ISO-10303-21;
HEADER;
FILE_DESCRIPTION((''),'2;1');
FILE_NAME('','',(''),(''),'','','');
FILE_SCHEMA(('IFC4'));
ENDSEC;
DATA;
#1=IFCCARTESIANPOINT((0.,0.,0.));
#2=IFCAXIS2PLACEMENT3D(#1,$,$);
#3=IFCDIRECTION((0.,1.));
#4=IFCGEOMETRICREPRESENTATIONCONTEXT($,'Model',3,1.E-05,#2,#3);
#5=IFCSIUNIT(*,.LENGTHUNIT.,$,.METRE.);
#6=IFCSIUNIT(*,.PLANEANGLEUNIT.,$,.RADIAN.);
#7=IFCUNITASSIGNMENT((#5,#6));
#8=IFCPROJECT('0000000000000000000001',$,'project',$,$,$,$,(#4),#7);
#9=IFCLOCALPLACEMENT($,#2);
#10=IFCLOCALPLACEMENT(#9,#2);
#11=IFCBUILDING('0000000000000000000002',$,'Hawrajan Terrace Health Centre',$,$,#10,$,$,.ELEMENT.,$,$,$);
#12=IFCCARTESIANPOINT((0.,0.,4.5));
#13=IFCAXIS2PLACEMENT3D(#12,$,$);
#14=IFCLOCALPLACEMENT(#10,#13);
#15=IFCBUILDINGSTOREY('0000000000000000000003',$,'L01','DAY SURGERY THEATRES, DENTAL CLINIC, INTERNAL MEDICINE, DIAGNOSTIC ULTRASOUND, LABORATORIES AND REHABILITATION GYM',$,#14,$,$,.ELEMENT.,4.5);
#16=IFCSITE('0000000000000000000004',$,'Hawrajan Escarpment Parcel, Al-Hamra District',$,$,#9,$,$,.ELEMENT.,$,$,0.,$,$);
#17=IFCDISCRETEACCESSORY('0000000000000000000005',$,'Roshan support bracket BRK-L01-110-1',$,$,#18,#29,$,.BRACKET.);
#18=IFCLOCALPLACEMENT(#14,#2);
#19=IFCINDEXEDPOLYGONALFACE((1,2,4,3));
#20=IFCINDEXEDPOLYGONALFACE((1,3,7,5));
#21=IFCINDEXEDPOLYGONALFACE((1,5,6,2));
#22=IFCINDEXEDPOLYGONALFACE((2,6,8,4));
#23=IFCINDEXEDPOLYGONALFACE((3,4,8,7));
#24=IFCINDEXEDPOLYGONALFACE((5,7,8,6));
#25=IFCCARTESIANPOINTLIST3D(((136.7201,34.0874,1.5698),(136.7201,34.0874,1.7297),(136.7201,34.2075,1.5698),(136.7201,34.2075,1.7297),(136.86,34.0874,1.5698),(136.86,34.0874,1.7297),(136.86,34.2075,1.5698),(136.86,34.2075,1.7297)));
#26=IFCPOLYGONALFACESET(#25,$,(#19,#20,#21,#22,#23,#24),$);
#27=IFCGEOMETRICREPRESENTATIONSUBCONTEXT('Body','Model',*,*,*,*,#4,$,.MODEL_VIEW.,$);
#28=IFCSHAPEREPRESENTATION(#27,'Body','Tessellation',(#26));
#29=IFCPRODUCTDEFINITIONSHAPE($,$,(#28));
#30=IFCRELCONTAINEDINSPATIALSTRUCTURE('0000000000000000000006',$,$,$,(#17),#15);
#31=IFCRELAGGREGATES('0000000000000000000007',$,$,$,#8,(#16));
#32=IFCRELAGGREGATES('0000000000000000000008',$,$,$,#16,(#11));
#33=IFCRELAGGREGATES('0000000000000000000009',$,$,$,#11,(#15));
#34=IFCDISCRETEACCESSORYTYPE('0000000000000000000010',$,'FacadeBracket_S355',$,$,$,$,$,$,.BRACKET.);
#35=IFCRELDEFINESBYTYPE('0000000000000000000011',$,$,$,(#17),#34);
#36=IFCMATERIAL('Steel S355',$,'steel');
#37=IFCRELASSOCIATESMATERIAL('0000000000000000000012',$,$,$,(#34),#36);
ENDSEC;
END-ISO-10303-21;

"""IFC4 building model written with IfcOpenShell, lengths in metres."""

from ifc_helpers import new_model, si_unit, direction, frame, origin, origin_2d, place, context, subcontext, project, spatial, rectangle, extrude, material, type_object, element, save


model = new_model("IFC4")

# Units and contexts
model_context = context("Model", 3, precision=1e-05, world=origin(), true_north=direction((0.0, 1.0)))
body_context = subcontext(model_context, "Body", "Model", "MODEL_VIEW")
ifc_project = project(units=[si_unit("LENGTHUNIT", "METRE"), si_unit("PLANEANGLEUNIT", "RADIAN")], contexts=[model_context])

# Site, building, storey
site_placement = place(None, origin())
site = spatial("IfcSite", under=ifc_project, at=site_placement, Name="Hawrajan Escarpment Parcel, Al-Hamra District", CompositionType="ELEMENT", RefElevation=0.0)
building_placement = place(site_placement, origin())
building = spatial("IfcBuilding", under=site, at=building_placement, Name="Hawrajan Terrace Health Centre", CompositionType="ELEMENT")
storey_placement = place(building_placement, frame((0.0, 0.0, 4.5)))
storey = spatial("IfcBuildingStorey", under=building, at=storey_placement, Name="L01", Description="DAY SURGERY THEATRES, DENTAL CLINIC, INTERNAL MEDICINE, DIAGNOSTIC ULTRASOUND, LABORATORIES AND REHABILITATION GYM", CompositionType="ELEMENT", Elevation=4.5)

# Discrete accessory
ifc_material_1 = material(Name="Steel S355", Category="steel")
discrete_accessory_type = type_object("IfcDiscreteAccessoryType", Name="FacadeBracket_S355", PredefinedType="BRACKET", material=ifc_material_1)
discrete_accessory_placement = place(storey_placement, frame((136.79, 34.1475, 1.5698), z_axis=(0.0, 0.0, 1.0), x_axis=(0.0, 1.0, 0.0)))
element("IfcDiscreteAccessory", 1, at=discrete_accessory_placement, inside=storey, type_object=discrete_accessory_type, Name="Roshan support bracket BRK-L01-110-1", PredefinedType="BRACKET", context=body_context, shape_type="SweptSolid", body=[
    extrude(rectangle(XDim=0.1201, YDim=0.1399, at=origin_2d()), origin(), (0.0, 0.0, 1.0), 0.1599),
])

save(model, "model.ifc")
